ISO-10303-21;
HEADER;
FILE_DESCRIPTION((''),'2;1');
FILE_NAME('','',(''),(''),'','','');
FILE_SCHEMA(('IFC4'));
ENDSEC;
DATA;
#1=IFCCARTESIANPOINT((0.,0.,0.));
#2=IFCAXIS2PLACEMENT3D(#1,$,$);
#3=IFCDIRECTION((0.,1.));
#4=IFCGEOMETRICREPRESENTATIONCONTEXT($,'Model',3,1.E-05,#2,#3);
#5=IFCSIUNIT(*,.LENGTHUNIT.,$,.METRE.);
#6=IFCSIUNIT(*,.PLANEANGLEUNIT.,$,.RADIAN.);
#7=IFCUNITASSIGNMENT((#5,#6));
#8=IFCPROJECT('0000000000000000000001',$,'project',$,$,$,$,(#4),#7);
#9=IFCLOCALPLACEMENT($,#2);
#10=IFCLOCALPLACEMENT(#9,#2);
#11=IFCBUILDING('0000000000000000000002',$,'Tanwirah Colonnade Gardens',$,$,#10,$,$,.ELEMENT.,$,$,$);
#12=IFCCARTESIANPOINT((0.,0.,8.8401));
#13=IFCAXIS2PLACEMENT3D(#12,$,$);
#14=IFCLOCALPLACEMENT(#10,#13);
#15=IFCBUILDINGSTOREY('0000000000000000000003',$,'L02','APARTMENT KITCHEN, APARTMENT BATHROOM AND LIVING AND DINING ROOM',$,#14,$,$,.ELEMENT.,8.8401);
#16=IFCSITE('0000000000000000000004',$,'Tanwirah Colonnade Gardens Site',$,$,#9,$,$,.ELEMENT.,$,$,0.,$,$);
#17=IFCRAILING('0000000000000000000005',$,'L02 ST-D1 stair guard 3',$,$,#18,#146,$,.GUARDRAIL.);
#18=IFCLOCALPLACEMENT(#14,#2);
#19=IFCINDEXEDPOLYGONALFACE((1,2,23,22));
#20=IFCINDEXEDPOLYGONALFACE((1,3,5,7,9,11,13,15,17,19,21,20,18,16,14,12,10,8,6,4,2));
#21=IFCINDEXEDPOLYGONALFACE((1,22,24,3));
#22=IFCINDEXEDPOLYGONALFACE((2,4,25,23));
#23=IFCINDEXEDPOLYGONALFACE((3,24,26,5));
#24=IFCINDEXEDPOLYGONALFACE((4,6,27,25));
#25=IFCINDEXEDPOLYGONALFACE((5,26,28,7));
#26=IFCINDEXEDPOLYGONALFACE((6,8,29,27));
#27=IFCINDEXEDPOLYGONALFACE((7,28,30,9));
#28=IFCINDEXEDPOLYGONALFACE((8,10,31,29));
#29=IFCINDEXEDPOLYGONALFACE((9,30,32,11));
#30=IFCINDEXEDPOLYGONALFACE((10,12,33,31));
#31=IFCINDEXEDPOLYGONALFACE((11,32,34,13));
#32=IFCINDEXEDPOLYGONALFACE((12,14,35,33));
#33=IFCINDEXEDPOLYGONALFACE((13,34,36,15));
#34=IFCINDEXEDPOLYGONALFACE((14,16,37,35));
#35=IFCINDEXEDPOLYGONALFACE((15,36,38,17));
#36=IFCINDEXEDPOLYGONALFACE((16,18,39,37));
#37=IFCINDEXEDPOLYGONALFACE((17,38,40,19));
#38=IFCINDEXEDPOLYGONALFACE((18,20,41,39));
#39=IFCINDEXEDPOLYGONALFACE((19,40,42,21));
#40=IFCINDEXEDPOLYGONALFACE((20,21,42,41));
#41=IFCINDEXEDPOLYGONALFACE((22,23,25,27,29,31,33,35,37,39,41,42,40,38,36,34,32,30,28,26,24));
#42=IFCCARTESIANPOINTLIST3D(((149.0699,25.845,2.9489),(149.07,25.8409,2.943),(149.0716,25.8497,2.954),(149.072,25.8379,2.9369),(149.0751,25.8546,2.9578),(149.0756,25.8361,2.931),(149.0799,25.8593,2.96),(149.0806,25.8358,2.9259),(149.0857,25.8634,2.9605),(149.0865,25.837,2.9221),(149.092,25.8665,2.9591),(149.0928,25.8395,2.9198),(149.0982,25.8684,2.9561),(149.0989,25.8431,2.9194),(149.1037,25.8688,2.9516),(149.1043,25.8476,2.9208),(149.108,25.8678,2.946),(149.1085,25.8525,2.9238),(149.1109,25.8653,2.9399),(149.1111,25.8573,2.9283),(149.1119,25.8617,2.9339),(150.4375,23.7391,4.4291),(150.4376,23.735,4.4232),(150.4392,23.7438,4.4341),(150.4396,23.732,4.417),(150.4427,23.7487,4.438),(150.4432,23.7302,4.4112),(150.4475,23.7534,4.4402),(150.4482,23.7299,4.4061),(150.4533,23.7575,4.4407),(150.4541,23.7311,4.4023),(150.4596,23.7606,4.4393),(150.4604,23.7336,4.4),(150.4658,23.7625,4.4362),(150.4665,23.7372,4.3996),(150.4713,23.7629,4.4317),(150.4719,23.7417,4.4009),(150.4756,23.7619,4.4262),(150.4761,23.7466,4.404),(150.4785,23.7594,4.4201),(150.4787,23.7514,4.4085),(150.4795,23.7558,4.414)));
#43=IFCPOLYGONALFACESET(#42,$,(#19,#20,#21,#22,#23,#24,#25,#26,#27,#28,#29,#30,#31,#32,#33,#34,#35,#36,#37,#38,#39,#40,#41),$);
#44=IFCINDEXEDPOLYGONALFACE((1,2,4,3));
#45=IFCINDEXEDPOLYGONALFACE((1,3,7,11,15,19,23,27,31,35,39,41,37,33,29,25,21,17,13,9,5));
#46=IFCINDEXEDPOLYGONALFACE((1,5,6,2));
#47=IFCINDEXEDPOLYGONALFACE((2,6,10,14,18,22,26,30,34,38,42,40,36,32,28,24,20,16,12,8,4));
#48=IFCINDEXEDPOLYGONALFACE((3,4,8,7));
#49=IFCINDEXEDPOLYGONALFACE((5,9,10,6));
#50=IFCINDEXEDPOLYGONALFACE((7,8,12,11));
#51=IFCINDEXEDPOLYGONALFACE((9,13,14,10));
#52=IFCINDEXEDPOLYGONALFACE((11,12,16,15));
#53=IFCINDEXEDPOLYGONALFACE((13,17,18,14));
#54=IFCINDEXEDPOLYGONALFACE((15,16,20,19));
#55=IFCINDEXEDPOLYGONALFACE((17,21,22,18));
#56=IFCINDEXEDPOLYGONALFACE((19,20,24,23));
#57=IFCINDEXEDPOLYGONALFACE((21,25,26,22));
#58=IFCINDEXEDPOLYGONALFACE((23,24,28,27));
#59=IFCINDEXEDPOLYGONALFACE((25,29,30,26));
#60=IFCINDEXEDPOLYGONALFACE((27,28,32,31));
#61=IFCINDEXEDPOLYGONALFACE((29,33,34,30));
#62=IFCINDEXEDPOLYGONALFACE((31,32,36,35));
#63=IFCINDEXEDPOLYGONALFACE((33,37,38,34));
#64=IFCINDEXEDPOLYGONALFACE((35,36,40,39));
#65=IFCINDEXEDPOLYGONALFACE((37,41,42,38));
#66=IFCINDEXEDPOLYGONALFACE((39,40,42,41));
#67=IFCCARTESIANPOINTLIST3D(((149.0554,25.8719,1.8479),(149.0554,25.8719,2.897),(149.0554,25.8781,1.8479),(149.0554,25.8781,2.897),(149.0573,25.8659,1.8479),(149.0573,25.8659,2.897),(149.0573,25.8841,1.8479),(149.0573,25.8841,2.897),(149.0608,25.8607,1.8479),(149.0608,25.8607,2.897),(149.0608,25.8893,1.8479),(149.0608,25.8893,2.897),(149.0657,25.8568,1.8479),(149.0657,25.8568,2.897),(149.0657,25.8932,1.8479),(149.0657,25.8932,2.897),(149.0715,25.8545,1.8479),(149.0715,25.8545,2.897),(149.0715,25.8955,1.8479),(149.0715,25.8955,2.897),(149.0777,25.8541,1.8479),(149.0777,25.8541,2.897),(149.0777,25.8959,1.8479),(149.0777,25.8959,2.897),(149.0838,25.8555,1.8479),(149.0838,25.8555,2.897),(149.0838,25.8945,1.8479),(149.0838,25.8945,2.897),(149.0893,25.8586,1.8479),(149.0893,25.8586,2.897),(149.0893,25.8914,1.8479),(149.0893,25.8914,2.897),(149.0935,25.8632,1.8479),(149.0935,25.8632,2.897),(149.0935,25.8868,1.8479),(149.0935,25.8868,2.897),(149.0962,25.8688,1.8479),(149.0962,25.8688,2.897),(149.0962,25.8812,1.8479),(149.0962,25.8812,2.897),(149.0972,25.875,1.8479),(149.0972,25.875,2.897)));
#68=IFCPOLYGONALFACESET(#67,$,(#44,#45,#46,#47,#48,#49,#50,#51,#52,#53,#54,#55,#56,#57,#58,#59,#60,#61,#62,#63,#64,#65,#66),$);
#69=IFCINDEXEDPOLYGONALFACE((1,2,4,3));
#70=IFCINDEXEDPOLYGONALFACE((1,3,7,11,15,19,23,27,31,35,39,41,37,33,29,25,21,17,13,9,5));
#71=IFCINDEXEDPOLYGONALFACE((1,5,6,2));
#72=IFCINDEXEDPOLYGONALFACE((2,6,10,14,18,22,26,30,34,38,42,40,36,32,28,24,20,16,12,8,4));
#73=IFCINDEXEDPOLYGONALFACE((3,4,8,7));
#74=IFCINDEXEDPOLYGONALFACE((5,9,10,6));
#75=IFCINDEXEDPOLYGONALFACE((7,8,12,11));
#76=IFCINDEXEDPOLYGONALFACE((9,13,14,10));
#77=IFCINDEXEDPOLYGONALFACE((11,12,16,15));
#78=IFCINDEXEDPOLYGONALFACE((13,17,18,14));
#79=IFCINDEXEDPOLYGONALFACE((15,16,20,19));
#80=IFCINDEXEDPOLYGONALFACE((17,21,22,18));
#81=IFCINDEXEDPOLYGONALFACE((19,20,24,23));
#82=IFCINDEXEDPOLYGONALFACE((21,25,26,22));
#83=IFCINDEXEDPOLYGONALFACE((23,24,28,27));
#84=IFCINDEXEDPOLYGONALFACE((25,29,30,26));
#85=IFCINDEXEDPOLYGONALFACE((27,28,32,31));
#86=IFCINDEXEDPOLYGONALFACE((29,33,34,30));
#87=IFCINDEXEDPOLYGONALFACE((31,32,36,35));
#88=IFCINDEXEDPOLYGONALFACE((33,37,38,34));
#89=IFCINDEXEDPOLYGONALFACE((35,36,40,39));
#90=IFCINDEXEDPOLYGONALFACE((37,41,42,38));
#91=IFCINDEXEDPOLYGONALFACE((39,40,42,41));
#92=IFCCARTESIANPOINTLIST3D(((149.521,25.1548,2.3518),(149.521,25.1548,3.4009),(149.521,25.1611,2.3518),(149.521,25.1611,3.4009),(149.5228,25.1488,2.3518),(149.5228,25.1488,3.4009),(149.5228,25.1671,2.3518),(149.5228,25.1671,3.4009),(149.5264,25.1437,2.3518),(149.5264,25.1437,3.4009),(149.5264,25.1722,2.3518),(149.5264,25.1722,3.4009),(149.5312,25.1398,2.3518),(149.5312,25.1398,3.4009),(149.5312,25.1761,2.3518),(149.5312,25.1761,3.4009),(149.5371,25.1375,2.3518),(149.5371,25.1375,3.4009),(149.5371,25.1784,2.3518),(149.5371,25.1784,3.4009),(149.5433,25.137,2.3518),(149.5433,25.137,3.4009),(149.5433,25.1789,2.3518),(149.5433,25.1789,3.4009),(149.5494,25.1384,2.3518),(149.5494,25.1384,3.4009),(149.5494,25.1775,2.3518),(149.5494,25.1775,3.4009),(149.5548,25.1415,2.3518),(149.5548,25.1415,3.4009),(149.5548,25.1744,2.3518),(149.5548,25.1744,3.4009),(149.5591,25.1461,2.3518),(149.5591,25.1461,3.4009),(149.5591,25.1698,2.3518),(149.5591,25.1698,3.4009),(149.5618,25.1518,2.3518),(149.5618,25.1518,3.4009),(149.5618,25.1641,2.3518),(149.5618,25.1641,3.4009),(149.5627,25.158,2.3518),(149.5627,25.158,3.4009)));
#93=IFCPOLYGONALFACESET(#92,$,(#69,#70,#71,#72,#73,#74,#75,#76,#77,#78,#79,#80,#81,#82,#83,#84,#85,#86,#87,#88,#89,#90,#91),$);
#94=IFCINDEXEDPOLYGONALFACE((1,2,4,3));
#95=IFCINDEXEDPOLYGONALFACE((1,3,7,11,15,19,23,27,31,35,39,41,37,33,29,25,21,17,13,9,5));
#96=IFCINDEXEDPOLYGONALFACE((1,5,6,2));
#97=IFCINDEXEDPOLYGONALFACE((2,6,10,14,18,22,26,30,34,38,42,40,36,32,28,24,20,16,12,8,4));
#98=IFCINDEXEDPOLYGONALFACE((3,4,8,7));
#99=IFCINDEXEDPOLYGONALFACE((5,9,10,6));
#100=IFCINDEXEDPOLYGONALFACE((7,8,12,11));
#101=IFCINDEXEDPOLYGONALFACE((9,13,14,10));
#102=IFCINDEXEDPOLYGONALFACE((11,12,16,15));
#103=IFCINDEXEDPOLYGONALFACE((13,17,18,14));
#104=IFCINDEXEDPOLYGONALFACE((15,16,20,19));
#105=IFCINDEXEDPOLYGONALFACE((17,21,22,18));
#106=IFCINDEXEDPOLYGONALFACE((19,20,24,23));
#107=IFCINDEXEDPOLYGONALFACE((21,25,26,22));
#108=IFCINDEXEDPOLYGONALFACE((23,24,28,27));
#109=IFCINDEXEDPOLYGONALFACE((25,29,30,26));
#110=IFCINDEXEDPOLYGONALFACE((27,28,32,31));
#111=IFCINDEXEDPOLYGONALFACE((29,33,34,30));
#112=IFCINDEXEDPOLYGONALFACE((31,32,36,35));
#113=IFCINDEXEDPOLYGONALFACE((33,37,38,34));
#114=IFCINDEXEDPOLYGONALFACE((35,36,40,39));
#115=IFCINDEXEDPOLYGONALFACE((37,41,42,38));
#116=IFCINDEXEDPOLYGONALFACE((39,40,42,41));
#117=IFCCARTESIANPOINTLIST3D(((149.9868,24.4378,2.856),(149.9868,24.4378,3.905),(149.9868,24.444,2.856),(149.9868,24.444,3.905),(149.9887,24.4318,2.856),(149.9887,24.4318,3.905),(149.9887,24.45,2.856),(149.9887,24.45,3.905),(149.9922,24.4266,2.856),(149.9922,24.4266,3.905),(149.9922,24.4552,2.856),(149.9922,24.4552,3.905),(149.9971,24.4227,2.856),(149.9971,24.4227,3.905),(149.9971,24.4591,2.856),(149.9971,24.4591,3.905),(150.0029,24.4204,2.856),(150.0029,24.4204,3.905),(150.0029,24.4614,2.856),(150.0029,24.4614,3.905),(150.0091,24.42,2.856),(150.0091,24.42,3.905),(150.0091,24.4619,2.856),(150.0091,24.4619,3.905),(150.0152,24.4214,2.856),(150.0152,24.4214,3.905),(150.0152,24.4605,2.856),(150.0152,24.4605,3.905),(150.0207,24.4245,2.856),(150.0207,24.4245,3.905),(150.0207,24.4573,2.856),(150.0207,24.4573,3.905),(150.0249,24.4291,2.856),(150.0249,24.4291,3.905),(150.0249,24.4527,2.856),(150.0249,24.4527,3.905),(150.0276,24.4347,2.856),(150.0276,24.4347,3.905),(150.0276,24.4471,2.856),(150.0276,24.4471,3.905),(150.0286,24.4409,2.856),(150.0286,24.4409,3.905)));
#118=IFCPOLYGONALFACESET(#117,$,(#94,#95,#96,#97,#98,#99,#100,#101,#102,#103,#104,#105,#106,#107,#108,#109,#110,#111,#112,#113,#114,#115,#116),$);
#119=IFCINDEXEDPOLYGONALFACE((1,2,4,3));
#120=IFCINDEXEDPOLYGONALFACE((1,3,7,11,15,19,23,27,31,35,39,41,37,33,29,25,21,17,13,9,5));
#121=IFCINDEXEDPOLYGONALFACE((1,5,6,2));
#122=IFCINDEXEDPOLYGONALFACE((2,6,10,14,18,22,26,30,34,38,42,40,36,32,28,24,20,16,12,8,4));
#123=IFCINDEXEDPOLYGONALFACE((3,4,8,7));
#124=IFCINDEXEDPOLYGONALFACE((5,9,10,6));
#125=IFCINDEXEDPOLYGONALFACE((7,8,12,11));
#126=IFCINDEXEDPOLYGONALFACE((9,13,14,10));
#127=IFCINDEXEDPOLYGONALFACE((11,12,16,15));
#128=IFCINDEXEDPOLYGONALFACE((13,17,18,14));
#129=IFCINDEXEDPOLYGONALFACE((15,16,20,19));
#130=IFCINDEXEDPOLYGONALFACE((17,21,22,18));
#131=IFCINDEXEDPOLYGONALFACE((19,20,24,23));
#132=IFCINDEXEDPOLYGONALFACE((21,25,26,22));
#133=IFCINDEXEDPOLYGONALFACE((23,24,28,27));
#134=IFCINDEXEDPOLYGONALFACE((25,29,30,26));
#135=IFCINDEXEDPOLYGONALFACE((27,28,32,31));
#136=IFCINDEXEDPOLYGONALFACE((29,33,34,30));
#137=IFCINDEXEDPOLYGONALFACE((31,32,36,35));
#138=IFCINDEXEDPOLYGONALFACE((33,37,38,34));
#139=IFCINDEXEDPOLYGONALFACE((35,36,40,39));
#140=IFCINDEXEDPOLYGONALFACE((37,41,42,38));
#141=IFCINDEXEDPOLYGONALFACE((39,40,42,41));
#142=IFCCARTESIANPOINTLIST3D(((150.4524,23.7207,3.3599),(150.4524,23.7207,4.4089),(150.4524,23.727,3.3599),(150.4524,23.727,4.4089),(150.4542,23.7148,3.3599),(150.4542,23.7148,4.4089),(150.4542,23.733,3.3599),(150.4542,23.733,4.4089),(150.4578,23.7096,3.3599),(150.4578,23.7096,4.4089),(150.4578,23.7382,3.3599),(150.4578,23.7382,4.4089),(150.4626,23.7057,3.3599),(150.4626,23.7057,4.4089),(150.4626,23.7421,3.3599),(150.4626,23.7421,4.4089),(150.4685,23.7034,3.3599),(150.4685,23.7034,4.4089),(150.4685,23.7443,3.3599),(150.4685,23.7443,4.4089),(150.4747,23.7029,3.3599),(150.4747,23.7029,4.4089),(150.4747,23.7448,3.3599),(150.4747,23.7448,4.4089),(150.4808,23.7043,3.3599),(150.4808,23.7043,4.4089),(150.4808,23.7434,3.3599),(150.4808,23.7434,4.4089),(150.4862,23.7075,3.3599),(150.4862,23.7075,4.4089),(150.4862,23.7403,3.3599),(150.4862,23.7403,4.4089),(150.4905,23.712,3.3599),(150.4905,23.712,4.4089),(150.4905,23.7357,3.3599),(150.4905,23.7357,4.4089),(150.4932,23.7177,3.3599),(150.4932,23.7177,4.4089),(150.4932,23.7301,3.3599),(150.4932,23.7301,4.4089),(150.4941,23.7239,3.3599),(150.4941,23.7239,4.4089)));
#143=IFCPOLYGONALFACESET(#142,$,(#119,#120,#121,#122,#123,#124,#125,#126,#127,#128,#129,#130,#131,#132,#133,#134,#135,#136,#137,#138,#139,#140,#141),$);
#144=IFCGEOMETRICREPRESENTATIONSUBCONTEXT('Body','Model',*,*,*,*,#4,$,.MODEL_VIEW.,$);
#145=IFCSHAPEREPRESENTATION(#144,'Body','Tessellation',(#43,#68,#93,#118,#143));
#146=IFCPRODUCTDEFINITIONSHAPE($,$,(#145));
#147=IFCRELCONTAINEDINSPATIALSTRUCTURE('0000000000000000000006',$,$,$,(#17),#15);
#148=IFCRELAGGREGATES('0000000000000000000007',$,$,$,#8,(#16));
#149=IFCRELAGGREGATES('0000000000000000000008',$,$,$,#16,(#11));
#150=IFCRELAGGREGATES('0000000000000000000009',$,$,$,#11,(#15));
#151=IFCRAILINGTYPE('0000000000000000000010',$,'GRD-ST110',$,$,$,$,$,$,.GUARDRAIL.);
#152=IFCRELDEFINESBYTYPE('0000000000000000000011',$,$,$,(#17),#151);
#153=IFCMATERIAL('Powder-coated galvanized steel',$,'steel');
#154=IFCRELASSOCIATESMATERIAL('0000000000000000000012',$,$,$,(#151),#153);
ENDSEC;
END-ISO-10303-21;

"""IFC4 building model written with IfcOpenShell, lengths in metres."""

from ifc_helpers import new_model, si_unit, direction, frame, origin, origin_2d, place, context, subcontext, project, spatial, circle, extrude, material, type_object, element, save


model = new_model("IFC4")

# Units and contexts
model_context = context("Model", 3, precision=1e-05, world=origin(), true_north=direction((0.0, 1.0)))
body_context = subcontext(model_context, "Body", "Model", "MODEL_VIEW")
ifc_project = project(units=[si_unit("LENGTHUNIT", "METRE"), si_unit("PLANEANGLEUNIT", "RADIAN")], contexts=[model_context])

# Site, building, storey
site_placement = place(None, origin())
site = spatial("IfcSite", under=ifc_project, at=site_placement, Name="Tanwirah Colonnade Gardens Site", CompositionType="ELEMENT", RefElevation=0.0)
building_placement = place(site_placement, origin())
building = spatial("IfcBuilding", under=site, at=building_placement, Name="Tanwirah Colonnade Gardens", CompositionType="ELEMENT")
storey_placement = place(building_placement, frame((0.0, 0.0, 8.8401)))
storey = spatial("IfcBuildingStorey", under=building, at=storey_placement, Name="L02", Description="APARTMENT KITCHEN, APARTMENT BATHROOM AND LIVING AND DINING ROOM", CompositionType="ELEMENT", Elevation=8.8401)

# Railing
ifc_material_1 = material(Name="Powder-coated galvanized steel", Category="steel")
railing_type_1 = type_object("IfcRailingType", Name="GRD-ST110", PredefinedType="GUARDRAIL", material=ifc_material_1)
railing_1_placement = place(storey_placement, frame((149.0762, 25.875, 1.8479)))
element("IfcRailing", 1, at=railing_1_placement, inside=storey, type_object=railing_type_1, Name="L02 ST-D1 stair guard 3", PredefinedType="GUARDRAIL", context=body_context, shape_type="SweptSolid", body=[
    extrude(circle(Radius=0.0239, at=origin_2d()), frame((0.0146, -0.0227, 1.092), z_axis=(0.469193, -0.722484, 0.507814), x_axis=(0.838668, 0.544644, 0.0)), (0.0, 0.0, 1.0), 2.9148),
    extrude(circle(Radius=0.021, at=origin_2d()), origin(), (0.0, 0.0, 1.0), 1.0491),
    extrude(circle(Radius=0.021, at=origin_2d()), frame((0.4656, -0.717, 0.5039)), (0.0, 0.0, 1.0), 1.0491),
    extrude(circle(Radius=0.021, at=origin_2d()), frame((0.9314, -1.4341, 1.0081)), (0.0, 0.0, 1.0), 1.0491),
    extrude(circle(Radius=0.021, at=origin_2d()), frame((1.397, -2.1511, 1.512)), (0.0, 0.0, 1.0), 1.0491),
])

save(model, "model.ifc")
